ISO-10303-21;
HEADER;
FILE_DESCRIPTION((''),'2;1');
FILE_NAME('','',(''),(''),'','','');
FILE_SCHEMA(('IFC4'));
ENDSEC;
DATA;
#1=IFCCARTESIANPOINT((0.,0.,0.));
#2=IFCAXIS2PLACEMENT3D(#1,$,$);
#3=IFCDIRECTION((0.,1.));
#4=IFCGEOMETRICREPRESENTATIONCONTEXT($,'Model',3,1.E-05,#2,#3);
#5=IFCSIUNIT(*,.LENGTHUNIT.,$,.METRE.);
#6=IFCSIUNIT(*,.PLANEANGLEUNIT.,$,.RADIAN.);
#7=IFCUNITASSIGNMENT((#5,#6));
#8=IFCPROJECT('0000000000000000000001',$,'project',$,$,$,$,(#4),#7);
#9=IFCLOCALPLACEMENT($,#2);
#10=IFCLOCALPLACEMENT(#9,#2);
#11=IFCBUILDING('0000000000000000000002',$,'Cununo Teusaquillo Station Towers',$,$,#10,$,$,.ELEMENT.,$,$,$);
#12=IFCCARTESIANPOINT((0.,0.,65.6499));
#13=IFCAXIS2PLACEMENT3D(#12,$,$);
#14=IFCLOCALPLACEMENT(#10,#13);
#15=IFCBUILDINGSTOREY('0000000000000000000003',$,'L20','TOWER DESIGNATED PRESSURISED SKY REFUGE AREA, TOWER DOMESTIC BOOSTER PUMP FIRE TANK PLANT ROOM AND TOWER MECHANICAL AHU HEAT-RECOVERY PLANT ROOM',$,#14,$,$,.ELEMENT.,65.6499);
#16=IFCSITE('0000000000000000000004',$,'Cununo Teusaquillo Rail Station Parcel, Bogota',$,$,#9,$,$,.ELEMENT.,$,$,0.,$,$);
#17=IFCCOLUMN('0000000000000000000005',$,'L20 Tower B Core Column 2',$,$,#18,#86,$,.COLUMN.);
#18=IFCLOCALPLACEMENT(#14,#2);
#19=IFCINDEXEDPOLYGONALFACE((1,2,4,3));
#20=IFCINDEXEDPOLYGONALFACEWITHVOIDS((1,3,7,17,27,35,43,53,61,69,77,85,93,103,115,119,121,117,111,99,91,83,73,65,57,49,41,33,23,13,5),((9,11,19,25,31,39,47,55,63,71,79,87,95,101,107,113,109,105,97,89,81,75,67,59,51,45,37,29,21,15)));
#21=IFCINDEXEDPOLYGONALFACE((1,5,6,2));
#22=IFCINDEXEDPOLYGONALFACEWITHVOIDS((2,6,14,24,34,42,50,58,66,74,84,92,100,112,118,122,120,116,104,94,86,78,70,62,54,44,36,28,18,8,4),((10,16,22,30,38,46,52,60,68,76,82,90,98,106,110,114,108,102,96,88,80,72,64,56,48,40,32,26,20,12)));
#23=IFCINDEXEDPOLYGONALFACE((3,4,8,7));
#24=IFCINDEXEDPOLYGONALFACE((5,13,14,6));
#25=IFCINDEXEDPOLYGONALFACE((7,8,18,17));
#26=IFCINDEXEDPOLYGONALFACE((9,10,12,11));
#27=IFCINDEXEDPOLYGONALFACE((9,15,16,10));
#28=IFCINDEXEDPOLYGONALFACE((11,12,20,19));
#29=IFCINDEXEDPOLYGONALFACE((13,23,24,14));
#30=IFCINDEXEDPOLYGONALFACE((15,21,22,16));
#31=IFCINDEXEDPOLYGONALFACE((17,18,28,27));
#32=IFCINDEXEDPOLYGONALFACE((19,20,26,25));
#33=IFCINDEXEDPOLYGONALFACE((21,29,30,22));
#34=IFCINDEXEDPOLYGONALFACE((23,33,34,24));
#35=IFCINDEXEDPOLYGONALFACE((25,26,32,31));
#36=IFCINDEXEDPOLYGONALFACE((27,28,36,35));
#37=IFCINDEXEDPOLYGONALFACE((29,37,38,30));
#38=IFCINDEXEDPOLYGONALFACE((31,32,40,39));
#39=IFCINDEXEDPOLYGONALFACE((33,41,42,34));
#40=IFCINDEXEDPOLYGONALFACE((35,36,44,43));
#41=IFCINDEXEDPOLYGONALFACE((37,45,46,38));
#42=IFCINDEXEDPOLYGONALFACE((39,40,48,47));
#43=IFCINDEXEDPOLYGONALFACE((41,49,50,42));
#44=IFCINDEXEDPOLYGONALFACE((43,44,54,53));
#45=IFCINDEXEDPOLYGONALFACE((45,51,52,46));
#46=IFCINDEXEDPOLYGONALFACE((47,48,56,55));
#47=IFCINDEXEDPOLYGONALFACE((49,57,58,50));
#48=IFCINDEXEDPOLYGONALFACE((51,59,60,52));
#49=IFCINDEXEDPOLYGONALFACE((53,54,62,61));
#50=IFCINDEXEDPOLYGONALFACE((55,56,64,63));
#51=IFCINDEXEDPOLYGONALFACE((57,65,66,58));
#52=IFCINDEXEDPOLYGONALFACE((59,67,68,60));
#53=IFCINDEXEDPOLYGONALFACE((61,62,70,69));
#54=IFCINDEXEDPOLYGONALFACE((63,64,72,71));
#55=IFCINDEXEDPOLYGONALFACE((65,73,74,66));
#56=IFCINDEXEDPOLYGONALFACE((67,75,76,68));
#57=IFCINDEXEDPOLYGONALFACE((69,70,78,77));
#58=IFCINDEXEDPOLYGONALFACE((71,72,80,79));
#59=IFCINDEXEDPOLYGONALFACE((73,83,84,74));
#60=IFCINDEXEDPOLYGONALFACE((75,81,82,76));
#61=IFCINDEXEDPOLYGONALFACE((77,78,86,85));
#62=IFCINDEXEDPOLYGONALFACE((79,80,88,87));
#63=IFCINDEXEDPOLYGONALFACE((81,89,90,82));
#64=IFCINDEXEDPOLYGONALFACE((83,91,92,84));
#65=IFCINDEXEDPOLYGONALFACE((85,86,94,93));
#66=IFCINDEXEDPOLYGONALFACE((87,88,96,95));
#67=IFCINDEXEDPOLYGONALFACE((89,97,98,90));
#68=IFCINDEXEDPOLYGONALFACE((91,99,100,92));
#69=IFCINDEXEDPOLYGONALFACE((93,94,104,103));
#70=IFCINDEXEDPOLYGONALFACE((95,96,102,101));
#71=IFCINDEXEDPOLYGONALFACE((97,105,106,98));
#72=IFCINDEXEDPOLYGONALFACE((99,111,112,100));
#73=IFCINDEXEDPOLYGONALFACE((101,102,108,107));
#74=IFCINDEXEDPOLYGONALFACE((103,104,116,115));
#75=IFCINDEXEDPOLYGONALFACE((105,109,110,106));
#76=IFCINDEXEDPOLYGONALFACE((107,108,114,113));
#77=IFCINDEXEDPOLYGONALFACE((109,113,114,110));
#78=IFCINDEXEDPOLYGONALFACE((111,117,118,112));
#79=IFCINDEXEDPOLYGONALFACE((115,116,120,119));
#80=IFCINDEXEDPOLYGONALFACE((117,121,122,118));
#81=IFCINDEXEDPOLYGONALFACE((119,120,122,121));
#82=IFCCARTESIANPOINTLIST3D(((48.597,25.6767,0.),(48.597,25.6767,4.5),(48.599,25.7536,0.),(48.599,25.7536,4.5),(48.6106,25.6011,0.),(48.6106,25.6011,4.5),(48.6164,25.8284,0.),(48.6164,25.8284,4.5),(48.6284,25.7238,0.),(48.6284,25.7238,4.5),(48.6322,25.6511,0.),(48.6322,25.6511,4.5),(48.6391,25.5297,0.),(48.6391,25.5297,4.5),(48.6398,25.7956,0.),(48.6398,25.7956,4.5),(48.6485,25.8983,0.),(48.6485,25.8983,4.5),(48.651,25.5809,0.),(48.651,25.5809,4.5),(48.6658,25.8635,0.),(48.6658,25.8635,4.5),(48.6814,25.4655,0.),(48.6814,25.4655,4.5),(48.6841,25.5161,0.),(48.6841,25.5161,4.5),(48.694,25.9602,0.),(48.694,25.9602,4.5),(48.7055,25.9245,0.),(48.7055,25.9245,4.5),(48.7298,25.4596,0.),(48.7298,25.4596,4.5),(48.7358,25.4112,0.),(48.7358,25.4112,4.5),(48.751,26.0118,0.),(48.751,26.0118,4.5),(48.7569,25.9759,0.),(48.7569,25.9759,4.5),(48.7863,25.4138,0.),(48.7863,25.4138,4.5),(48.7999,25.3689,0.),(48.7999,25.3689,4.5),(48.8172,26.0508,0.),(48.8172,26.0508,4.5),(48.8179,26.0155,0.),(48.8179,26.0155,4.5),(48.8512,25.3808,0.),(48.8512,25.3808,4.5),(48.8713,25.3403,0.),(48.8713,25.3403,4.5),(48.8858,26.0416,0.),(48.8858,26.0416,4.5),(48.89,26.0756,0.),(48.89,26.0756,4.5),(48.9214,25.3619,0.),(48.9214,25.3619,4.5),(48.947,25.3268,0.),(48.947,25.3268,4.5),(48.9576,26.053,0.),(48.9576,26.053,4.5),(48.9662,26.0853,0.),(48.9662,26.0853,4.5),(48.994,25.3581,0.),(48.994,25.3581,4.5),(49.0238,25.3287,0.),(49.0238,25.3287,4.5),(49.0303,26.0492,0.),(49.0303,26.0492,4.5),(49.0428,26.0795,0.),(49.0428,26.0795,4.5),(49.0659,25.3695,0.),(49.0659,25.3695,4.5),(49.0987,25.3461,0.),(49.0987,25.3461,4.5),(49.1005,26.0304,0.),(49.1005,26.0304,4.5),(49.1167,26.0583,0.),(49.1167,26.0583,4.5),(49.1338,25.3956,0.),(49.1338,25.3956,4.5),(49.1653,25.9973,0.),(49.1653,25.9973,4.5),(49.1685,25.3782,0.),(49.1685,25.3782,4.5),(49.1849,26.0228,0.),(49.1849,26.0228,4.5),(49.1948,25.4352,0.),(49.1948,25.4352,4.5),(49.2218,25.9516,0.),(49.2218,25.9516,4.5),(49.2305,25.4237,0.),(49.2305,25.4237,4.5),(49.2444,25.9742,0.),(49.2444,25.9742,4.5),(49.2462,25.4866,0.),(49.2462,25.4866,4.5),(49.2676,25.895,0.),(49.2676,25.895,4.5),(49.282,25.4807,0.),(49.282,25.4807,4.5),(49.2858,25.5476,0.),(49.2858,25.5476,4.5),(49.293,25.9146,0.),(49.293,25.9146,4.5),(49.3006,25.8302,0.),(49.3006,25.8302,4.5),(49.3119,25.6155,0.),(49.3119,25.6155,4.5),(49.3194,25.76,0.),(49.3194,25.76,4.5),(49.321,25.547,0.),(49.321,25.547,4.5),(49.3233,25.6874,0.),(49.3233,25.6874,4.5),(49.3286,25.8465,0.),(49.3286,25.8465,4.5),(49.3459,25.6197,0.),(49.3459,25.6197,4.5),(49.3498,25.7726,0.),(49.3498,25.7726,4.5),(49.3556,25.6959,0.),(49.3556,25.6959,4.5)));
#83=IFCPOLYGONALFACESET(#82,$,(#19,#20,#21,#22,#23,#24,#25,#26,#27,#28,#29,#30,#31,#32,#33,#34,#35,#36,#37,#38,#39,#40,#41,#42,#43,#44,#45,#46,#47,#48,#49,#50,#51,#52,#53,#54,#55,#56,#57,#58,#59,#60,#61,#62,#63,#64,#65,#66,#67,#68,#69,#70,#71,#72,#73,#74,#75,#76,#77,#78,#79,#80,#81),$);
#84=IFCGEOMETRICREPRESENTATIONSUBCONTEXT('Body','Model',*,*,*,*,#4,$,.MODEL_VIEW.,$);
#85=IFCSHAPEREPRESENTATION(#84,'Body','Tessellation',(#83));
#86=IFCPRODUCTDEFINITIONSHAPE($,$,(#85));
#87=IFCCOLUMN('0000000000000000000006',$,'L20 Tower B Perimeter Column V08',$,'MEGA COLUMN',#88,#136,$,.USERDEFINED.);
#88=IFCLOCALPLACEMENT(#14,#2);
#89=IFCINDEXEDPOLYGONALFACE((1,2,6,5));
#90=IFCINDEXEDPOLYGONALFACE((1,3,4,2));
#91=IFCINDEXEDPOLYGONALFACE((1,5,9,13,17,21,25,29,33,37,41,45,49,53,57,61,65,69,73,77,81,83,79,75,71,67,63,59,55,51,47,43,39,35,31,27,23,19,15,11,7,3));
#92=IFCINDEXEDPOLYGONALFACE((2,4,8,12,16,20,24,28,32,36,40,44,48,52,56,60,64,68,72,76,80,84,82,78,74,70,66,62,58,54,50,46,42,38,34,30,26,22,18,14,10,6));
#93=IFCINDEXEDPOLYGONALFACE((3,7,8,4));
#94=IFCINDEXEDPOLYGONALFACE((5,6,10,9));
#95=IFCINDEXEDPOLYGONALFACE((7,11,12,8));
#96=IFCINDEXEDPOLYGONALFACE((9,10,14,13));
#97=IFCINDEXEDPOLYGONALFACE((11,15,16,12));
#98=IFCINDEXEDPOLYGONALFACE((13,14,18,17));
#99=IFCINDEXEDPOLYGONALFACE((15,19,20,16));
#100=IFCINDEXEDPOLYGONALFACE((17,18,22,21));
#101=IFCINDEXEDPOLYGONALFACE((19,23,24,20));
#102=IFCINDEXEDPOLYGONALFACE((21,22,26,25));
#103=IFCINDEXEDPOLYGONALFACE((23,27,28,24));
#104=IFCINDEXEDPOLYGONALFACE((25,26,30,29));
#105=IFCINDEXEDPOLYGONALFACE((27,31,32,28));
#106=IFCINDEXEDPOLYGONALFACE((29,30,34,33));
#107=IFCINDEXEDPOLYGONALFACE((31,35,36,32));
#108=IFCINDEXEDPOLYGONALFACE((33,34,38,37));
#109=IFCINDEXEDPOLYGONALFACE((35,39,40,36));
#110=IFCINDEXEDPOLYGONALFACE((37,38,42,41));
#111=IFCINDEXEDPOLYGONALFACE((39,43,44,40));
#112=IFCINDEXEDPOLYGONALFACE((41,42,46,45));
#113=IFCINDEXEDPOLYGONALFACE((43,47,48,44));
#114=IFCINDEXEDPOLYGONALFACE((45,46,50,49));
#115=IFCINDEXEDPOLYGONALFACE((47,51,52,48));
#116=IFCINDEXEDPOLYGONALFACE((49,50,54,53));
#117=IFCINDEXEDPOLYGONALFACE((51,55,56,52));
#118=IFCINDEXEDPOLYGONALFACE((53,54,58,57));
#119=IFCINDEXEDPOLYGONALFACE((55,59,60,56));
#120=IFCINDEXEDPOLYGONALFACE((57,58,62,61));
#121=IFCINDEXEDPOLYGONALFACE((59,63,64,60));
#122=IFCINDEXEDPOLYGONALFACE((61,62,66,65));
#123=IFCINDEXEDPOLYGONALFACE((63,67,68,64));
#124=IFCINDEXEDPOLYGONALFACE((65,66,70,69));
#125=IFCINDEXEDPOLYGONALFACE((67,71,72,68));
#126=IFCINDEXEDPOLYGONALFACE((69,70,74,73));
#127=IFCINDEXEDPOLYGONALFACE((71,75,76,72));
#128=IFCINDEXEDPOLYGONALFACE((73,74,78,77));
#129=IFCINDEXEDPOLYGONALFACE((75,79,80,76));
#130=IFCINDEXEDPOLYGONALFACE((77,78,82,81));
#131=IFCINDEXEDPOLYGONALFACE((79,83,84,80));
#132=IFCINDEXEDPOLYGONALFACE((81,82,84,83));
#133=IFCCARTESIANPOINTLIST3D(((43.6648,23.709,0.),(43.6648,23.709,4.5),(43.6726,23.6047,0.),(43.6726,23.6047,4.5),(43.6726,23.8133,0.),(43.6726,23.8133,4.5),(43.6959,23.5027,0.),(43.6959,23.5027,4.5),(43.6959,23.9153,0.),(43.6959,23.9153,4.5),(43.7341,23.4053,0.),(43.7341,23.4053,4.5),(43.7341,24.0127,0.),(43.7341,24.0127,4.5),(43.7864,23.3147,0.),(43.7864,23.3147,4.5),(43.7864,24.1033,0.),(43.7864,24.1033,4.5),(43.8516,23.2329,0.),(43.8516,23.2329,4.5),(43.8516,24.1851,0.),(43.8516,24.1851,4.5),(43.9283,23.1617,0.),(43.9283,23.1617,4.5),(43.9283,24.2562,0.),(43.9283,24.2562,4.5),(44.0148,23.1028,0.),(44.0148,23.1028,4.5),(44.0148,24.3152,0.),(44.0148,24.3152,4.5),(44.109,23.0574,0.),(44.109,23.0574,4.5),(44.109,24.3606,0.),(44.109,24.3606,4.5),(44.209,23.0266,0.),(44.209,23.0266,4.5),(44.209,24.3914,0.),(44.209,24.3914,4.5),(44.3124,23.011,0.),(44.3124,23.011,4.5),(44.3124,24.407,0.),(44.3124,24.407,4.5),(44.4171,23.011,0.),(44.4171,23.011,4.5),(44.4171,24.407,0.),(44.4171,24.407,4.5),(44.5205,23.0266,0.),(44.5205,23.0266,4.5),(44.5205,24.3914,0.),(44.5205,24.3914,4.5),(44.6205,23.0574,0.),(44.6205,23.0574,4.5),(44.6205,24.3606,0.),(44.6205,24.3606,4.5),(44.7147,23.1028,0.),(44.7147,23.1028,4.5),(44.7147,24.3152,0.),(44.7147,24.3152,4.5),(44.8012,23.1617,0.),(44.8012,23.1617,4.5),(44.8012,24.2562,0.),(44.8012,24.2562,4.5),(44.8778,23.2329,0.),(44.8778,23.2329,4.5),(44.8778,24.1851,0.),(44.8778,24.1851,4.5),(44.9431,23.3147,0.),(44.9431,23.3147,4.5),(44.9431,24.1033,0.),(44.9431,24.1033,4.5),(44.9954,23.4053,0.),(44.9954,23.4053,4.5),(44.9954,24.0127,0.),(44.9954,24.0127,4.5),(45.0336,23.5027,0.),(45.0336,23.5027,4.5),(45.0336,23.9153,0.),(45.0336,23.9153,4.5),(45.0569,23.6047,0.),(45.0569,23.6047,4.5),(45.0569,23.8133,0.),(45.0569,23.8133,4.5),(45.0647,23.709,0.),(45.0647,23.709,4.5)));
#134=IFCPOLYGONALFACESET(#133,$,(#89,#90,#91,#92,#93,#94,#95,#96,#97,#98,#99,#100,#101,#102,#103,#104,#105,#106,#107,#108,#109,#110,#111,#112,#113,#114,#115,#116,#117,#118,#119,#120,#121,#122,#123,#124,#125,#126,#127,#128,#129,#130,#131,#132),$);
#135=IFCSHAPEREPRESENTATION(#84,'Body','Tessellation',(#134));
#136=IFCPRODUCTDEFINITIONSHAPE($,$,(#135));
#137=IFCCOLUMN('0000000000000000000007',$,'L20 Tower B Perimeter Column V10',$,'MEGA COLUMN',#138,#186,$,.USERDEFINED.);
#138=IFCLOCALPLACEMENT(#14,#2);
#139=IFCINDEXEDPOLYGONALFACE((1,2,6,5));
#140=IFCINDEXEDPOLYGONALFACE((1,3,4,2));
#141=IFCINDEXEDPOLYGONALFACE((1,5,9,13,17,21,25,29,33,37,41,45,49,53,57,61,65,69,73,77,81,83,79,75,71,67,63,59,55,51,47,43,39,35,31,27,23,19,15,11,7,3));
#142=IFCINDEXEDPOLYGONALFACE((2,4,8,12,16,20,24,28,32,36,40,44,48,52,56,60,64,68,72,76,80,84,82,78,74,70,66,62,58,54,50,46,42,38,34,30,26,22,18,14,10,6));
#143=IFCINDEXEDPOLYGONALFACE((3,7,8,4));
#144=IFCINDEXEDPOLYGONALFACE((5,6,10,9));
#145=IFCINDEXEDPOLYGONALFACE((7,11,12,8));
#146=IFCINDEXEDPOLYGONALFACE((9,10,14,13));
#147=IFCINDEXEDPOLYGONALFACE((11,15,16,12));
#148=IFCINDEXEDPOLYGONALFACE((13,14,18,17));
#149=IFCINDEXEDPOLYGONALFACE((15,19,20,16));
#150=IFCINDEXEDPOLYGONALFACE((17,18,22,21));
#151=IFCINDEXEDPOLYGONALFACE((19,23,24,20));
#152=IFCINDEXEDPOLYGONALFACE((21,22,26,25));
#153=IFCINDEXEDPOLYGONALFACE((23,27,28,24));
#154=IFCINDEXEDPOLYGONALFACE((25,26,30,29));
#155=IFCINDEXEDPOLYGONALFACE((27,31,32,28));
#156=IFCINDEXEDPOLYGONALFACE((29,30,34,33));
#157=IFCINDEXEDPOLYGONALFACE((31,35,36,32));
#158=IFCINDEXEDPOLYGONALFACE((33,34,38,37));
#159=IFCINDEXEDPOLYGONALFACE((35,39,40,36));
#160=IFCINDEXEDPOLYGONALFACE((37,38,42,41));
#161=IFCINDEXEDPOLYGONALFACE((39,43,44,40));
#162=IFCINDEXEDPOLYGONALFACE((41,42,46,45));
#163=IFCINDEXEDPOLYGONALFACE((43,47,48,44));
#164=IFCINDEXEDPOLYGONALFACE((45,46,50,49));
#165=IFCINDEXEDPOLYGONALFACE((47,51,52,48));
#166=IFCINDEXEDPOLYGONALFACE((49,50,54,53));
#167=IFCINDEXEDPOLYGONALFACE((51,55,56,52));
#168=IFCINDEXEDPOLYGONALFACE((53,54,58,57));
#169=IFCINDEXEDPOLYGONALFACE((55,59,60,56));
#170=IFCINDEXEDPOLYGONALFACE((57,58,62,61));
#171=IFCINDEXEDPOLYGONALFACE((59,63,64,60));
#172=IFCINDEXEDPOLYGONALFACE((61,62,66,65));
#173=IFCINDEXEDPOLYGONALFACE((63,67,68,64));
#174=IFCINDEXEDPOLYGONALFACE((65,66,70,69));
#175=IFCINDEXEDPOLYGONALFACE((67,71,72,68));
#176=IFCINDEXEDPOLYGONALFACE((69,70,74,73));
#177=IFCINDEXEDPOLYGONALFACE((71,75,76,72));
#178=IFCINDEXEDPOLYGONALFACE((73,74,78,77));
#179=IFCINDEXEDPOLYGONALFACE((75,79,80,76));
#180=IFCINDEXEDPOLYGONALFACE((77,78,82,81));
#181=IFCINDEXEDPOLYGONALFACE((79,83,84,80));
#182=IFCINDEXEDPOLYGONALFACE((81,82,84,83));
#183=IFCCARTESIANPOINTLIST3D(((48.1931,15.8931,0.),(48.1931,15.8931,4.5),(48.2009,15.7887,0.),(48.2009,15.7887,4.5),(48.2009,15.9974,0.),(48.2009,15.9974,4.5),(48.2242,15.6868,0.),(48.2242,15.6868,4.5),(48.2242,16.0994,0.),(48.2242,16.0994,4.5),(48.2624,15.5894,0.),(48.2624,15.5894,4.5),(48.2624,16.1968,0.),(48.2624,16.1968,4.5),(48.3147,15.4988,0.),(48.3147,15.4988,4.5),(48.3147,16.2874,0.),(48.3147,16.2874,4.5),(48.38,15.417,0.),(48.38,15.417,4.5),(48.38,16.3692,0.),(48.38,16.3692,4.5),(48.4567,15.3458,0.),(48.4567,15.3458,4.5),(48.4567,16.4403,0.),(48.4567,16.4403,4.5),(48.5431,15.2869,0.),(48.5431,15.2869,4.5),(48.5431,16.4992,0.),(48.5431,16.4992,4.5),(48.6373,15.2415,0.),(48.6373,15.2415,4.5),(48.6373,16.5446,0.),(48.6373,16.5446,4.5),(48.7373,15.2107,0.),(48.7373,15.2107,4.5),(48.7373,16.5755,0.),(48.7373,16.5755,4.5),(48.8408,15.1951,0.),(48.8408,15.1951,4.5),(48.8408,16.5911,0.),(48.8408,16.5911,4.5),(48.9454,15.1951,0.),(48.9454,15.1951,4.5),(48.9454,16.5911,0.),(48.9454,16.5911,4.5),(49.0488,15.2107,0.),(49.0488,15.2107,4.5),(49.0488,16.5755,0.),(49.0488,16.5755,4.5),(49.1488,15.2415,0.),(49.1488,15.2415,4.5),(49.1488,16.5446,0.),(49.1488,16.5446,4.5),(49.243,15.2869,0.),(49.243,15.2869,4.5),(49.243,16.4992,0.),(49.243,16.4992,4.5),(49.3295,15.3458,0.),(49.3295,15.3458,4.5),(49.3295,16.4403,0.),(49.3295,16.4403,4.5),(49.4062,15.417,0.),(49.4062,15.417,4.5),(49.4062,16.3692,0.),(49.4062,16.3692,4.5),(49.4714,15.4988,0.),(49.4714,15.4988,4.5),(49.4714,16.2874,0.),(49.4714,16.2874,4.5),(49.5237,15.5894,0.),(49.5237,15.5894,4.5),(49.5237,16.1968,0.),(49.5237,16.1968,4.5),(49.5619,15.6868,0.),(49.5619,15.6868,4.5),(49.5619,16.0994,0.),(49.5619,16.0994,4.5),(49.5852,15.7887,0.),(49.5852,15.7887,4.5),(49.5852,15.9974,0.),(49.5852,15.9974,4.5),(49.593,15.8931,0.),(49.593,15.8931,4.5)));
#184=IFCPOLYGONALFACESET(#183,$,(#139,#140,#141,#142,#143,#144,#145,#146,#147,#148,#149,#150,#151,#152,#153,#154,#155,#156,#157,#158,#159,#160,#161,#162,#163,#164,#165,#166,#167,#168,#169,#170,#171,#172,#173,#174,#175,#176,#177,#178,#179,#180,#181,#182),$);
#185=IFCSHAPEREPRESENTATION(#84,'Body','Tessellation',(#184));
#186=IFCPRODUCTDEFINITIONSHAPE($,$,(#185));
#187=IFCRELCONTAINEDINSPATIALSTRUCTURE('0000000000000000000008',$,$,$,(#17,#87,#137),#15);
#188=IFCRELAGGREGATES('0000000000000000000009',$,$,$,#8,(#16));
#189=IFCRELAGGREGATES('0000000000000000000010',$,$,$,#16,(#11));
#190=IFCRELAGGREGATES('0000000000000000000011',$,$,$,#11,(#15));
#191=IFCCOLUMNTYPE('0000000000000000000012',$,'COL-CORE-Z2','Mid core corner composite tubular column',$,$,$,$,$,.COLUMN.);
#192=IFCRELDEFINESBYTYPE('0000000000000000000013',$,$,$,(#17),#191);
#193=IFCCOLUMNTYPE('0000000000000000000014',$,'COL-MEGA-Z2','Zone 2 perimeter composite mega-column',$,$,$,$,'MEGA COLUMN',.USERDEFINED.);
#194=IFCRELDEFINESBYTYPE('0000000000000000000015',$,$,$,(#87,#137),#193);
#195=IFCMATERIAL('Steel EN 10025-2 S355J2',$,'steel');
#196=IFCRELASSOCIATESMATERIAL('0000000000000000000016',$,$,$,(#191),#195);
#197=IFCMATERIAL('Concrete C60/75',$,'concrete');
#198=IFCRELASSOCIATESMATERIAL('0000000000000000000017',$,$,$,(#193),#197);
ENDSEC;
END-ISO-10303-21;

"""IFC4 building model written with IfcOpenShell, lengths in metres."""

from ifc_helpers import new_model, si_unit, direction, frame, origin, origin_2d, place, context, subcontext, project, spatial, circle, hollow_circle, extrude, material, material_profile, profile_set, type_object, element, save


model = new_model("IFC4")

# Units and contexts
model_context = context("Model", 3, precision=1e-05, world=origin(), true_north=direction((0.0, 1.0)))
body_context = subcontext(model_context, "Body", "Model", "MODEL_VIEW")
ifc_project = project(units=[si_unit("LENGTHUNIT", "METRE"), si_unit("PLANEANGLEUNIT", "RADIAN")], contexts=[model_context])

# Site, building, storey
site_placement = place(None, origin())
site = spatial("IfcSite", under=ifc_project, at=site_placement, Name="Cununo Teusaquillo Rail Station Parcel, Bogota", CompositionType="ELEMENT", RefElevation=0.0)
building_placement = place(site_placement, origin())
building = spatial("IfcBuilding", under=site, at=building_placement, Name="Cununo Teusaquillo Station Towers", CompositionType="ELEMENT")
storey_placement = place(building_placement, frame((0.0, 0.0, 65.6499)))
storey = spatial("IfcBuildingStorey", under=building, at=storey_placement, Name="L20", Description="TOWER DESIGNATED PRESSURISED SKY REFUGE AREA, TOWER DOMESTIC BOOSTER PUMP FIRE TANK PLANT ROOM AND TOWER MECHANICAL AHU HEAT-RECOVERY PLANT ROOM", CompositionType="ELEMENT", Elevation=65.6499)

# Columns
ifc_material_1 = material(Name="Steel EN 10025-2 S355J2", Category="steel")
ifc_material_profile_1 = material_profile(ifc_material_1, hollow_circle(Radius=0.3799, WallThickness=0.032, at=origin_2d()), Name="CHS 760x32")
ifc_profile_set_1 = profile_set([ifc_material_profile_1], Name="Steel EN 10025-2 S355J2")
column_type_1 = type_object("IfcColumnType", Name="COL-CORE-Z2", Description="Mid core corner composite tubular column", PredefinedType="COLUMN", material=ifc_profile_set_1)
column_placement = place(storey_placement, frame((48.9758, 25.7056, 0.0), z_axis=(0.0, 0.0, 1.0), x_axis=(0.707107, 0.707107, 0.0)))
element("IfcColumn", 1, at=column_placement, inside=storey, type_object=column_type_1, Name="L20 Tower B Core Column 2", PredefinedType="COLUMN", context=body_context, shape_type="SweptSolid", body=[
    extrude(hollow_circle(Radius=0.3799, WallThickness=0.032, at=origin_2d()), origin(), (0.0, 0.0, 1.0), 4.5),
])
ifc_material_2 = material(Name="Concrete C60/75", Category="concrete")
ifc_material_profile_2 = material_profile(ifc_material_2, circle(Radius=0.7, at=origin_2d()), Name="RC-CIRC-1400")
ifc_profile_set_2 = profile_set([ifc_material_profile_2], Name="Concrete C60/75")
column_type_2 = type_object("IfcColumnType", Name="COL-MEGA-Z2", Description="Zone 2 perimeter composite mega-column", ElementType="MEGA COLUMN", PredefinedType="USERDEFINED", material=ifc_profile_set_2)
for number, where, z_axis, x_axis, name in (
    (2, (44.3647, 23.709, 0.0), (0.0, 0.0, 1.0), (1.0, 0.0, 0.0), "L20 Tower B Perimeter Column V08"),
    (3, (48.8931, 15.8931, 0.0), (0.0, 0.0, 1.0), (1.0, 0.0, 0.0), "L20 Tower B Perimeter Column V10"),
):
    element("IfcColumn", number, at=place(storey_placement, frame(where, z_axis=z_axis, x_axis=x_axis)), inside=storey, type_object=column_type_2, Name=name, ObjectType="MEGA COLUMN", PredefinedType="USERDEFINED", context=body_context, shape_type="SweptSolid", body=[
        extrude(circle(Radius=0.7, at=origin_2d()), origin(), (0.0, 0.0, 1.0), 4.5),
    ])

save(model, "model.ifc")
